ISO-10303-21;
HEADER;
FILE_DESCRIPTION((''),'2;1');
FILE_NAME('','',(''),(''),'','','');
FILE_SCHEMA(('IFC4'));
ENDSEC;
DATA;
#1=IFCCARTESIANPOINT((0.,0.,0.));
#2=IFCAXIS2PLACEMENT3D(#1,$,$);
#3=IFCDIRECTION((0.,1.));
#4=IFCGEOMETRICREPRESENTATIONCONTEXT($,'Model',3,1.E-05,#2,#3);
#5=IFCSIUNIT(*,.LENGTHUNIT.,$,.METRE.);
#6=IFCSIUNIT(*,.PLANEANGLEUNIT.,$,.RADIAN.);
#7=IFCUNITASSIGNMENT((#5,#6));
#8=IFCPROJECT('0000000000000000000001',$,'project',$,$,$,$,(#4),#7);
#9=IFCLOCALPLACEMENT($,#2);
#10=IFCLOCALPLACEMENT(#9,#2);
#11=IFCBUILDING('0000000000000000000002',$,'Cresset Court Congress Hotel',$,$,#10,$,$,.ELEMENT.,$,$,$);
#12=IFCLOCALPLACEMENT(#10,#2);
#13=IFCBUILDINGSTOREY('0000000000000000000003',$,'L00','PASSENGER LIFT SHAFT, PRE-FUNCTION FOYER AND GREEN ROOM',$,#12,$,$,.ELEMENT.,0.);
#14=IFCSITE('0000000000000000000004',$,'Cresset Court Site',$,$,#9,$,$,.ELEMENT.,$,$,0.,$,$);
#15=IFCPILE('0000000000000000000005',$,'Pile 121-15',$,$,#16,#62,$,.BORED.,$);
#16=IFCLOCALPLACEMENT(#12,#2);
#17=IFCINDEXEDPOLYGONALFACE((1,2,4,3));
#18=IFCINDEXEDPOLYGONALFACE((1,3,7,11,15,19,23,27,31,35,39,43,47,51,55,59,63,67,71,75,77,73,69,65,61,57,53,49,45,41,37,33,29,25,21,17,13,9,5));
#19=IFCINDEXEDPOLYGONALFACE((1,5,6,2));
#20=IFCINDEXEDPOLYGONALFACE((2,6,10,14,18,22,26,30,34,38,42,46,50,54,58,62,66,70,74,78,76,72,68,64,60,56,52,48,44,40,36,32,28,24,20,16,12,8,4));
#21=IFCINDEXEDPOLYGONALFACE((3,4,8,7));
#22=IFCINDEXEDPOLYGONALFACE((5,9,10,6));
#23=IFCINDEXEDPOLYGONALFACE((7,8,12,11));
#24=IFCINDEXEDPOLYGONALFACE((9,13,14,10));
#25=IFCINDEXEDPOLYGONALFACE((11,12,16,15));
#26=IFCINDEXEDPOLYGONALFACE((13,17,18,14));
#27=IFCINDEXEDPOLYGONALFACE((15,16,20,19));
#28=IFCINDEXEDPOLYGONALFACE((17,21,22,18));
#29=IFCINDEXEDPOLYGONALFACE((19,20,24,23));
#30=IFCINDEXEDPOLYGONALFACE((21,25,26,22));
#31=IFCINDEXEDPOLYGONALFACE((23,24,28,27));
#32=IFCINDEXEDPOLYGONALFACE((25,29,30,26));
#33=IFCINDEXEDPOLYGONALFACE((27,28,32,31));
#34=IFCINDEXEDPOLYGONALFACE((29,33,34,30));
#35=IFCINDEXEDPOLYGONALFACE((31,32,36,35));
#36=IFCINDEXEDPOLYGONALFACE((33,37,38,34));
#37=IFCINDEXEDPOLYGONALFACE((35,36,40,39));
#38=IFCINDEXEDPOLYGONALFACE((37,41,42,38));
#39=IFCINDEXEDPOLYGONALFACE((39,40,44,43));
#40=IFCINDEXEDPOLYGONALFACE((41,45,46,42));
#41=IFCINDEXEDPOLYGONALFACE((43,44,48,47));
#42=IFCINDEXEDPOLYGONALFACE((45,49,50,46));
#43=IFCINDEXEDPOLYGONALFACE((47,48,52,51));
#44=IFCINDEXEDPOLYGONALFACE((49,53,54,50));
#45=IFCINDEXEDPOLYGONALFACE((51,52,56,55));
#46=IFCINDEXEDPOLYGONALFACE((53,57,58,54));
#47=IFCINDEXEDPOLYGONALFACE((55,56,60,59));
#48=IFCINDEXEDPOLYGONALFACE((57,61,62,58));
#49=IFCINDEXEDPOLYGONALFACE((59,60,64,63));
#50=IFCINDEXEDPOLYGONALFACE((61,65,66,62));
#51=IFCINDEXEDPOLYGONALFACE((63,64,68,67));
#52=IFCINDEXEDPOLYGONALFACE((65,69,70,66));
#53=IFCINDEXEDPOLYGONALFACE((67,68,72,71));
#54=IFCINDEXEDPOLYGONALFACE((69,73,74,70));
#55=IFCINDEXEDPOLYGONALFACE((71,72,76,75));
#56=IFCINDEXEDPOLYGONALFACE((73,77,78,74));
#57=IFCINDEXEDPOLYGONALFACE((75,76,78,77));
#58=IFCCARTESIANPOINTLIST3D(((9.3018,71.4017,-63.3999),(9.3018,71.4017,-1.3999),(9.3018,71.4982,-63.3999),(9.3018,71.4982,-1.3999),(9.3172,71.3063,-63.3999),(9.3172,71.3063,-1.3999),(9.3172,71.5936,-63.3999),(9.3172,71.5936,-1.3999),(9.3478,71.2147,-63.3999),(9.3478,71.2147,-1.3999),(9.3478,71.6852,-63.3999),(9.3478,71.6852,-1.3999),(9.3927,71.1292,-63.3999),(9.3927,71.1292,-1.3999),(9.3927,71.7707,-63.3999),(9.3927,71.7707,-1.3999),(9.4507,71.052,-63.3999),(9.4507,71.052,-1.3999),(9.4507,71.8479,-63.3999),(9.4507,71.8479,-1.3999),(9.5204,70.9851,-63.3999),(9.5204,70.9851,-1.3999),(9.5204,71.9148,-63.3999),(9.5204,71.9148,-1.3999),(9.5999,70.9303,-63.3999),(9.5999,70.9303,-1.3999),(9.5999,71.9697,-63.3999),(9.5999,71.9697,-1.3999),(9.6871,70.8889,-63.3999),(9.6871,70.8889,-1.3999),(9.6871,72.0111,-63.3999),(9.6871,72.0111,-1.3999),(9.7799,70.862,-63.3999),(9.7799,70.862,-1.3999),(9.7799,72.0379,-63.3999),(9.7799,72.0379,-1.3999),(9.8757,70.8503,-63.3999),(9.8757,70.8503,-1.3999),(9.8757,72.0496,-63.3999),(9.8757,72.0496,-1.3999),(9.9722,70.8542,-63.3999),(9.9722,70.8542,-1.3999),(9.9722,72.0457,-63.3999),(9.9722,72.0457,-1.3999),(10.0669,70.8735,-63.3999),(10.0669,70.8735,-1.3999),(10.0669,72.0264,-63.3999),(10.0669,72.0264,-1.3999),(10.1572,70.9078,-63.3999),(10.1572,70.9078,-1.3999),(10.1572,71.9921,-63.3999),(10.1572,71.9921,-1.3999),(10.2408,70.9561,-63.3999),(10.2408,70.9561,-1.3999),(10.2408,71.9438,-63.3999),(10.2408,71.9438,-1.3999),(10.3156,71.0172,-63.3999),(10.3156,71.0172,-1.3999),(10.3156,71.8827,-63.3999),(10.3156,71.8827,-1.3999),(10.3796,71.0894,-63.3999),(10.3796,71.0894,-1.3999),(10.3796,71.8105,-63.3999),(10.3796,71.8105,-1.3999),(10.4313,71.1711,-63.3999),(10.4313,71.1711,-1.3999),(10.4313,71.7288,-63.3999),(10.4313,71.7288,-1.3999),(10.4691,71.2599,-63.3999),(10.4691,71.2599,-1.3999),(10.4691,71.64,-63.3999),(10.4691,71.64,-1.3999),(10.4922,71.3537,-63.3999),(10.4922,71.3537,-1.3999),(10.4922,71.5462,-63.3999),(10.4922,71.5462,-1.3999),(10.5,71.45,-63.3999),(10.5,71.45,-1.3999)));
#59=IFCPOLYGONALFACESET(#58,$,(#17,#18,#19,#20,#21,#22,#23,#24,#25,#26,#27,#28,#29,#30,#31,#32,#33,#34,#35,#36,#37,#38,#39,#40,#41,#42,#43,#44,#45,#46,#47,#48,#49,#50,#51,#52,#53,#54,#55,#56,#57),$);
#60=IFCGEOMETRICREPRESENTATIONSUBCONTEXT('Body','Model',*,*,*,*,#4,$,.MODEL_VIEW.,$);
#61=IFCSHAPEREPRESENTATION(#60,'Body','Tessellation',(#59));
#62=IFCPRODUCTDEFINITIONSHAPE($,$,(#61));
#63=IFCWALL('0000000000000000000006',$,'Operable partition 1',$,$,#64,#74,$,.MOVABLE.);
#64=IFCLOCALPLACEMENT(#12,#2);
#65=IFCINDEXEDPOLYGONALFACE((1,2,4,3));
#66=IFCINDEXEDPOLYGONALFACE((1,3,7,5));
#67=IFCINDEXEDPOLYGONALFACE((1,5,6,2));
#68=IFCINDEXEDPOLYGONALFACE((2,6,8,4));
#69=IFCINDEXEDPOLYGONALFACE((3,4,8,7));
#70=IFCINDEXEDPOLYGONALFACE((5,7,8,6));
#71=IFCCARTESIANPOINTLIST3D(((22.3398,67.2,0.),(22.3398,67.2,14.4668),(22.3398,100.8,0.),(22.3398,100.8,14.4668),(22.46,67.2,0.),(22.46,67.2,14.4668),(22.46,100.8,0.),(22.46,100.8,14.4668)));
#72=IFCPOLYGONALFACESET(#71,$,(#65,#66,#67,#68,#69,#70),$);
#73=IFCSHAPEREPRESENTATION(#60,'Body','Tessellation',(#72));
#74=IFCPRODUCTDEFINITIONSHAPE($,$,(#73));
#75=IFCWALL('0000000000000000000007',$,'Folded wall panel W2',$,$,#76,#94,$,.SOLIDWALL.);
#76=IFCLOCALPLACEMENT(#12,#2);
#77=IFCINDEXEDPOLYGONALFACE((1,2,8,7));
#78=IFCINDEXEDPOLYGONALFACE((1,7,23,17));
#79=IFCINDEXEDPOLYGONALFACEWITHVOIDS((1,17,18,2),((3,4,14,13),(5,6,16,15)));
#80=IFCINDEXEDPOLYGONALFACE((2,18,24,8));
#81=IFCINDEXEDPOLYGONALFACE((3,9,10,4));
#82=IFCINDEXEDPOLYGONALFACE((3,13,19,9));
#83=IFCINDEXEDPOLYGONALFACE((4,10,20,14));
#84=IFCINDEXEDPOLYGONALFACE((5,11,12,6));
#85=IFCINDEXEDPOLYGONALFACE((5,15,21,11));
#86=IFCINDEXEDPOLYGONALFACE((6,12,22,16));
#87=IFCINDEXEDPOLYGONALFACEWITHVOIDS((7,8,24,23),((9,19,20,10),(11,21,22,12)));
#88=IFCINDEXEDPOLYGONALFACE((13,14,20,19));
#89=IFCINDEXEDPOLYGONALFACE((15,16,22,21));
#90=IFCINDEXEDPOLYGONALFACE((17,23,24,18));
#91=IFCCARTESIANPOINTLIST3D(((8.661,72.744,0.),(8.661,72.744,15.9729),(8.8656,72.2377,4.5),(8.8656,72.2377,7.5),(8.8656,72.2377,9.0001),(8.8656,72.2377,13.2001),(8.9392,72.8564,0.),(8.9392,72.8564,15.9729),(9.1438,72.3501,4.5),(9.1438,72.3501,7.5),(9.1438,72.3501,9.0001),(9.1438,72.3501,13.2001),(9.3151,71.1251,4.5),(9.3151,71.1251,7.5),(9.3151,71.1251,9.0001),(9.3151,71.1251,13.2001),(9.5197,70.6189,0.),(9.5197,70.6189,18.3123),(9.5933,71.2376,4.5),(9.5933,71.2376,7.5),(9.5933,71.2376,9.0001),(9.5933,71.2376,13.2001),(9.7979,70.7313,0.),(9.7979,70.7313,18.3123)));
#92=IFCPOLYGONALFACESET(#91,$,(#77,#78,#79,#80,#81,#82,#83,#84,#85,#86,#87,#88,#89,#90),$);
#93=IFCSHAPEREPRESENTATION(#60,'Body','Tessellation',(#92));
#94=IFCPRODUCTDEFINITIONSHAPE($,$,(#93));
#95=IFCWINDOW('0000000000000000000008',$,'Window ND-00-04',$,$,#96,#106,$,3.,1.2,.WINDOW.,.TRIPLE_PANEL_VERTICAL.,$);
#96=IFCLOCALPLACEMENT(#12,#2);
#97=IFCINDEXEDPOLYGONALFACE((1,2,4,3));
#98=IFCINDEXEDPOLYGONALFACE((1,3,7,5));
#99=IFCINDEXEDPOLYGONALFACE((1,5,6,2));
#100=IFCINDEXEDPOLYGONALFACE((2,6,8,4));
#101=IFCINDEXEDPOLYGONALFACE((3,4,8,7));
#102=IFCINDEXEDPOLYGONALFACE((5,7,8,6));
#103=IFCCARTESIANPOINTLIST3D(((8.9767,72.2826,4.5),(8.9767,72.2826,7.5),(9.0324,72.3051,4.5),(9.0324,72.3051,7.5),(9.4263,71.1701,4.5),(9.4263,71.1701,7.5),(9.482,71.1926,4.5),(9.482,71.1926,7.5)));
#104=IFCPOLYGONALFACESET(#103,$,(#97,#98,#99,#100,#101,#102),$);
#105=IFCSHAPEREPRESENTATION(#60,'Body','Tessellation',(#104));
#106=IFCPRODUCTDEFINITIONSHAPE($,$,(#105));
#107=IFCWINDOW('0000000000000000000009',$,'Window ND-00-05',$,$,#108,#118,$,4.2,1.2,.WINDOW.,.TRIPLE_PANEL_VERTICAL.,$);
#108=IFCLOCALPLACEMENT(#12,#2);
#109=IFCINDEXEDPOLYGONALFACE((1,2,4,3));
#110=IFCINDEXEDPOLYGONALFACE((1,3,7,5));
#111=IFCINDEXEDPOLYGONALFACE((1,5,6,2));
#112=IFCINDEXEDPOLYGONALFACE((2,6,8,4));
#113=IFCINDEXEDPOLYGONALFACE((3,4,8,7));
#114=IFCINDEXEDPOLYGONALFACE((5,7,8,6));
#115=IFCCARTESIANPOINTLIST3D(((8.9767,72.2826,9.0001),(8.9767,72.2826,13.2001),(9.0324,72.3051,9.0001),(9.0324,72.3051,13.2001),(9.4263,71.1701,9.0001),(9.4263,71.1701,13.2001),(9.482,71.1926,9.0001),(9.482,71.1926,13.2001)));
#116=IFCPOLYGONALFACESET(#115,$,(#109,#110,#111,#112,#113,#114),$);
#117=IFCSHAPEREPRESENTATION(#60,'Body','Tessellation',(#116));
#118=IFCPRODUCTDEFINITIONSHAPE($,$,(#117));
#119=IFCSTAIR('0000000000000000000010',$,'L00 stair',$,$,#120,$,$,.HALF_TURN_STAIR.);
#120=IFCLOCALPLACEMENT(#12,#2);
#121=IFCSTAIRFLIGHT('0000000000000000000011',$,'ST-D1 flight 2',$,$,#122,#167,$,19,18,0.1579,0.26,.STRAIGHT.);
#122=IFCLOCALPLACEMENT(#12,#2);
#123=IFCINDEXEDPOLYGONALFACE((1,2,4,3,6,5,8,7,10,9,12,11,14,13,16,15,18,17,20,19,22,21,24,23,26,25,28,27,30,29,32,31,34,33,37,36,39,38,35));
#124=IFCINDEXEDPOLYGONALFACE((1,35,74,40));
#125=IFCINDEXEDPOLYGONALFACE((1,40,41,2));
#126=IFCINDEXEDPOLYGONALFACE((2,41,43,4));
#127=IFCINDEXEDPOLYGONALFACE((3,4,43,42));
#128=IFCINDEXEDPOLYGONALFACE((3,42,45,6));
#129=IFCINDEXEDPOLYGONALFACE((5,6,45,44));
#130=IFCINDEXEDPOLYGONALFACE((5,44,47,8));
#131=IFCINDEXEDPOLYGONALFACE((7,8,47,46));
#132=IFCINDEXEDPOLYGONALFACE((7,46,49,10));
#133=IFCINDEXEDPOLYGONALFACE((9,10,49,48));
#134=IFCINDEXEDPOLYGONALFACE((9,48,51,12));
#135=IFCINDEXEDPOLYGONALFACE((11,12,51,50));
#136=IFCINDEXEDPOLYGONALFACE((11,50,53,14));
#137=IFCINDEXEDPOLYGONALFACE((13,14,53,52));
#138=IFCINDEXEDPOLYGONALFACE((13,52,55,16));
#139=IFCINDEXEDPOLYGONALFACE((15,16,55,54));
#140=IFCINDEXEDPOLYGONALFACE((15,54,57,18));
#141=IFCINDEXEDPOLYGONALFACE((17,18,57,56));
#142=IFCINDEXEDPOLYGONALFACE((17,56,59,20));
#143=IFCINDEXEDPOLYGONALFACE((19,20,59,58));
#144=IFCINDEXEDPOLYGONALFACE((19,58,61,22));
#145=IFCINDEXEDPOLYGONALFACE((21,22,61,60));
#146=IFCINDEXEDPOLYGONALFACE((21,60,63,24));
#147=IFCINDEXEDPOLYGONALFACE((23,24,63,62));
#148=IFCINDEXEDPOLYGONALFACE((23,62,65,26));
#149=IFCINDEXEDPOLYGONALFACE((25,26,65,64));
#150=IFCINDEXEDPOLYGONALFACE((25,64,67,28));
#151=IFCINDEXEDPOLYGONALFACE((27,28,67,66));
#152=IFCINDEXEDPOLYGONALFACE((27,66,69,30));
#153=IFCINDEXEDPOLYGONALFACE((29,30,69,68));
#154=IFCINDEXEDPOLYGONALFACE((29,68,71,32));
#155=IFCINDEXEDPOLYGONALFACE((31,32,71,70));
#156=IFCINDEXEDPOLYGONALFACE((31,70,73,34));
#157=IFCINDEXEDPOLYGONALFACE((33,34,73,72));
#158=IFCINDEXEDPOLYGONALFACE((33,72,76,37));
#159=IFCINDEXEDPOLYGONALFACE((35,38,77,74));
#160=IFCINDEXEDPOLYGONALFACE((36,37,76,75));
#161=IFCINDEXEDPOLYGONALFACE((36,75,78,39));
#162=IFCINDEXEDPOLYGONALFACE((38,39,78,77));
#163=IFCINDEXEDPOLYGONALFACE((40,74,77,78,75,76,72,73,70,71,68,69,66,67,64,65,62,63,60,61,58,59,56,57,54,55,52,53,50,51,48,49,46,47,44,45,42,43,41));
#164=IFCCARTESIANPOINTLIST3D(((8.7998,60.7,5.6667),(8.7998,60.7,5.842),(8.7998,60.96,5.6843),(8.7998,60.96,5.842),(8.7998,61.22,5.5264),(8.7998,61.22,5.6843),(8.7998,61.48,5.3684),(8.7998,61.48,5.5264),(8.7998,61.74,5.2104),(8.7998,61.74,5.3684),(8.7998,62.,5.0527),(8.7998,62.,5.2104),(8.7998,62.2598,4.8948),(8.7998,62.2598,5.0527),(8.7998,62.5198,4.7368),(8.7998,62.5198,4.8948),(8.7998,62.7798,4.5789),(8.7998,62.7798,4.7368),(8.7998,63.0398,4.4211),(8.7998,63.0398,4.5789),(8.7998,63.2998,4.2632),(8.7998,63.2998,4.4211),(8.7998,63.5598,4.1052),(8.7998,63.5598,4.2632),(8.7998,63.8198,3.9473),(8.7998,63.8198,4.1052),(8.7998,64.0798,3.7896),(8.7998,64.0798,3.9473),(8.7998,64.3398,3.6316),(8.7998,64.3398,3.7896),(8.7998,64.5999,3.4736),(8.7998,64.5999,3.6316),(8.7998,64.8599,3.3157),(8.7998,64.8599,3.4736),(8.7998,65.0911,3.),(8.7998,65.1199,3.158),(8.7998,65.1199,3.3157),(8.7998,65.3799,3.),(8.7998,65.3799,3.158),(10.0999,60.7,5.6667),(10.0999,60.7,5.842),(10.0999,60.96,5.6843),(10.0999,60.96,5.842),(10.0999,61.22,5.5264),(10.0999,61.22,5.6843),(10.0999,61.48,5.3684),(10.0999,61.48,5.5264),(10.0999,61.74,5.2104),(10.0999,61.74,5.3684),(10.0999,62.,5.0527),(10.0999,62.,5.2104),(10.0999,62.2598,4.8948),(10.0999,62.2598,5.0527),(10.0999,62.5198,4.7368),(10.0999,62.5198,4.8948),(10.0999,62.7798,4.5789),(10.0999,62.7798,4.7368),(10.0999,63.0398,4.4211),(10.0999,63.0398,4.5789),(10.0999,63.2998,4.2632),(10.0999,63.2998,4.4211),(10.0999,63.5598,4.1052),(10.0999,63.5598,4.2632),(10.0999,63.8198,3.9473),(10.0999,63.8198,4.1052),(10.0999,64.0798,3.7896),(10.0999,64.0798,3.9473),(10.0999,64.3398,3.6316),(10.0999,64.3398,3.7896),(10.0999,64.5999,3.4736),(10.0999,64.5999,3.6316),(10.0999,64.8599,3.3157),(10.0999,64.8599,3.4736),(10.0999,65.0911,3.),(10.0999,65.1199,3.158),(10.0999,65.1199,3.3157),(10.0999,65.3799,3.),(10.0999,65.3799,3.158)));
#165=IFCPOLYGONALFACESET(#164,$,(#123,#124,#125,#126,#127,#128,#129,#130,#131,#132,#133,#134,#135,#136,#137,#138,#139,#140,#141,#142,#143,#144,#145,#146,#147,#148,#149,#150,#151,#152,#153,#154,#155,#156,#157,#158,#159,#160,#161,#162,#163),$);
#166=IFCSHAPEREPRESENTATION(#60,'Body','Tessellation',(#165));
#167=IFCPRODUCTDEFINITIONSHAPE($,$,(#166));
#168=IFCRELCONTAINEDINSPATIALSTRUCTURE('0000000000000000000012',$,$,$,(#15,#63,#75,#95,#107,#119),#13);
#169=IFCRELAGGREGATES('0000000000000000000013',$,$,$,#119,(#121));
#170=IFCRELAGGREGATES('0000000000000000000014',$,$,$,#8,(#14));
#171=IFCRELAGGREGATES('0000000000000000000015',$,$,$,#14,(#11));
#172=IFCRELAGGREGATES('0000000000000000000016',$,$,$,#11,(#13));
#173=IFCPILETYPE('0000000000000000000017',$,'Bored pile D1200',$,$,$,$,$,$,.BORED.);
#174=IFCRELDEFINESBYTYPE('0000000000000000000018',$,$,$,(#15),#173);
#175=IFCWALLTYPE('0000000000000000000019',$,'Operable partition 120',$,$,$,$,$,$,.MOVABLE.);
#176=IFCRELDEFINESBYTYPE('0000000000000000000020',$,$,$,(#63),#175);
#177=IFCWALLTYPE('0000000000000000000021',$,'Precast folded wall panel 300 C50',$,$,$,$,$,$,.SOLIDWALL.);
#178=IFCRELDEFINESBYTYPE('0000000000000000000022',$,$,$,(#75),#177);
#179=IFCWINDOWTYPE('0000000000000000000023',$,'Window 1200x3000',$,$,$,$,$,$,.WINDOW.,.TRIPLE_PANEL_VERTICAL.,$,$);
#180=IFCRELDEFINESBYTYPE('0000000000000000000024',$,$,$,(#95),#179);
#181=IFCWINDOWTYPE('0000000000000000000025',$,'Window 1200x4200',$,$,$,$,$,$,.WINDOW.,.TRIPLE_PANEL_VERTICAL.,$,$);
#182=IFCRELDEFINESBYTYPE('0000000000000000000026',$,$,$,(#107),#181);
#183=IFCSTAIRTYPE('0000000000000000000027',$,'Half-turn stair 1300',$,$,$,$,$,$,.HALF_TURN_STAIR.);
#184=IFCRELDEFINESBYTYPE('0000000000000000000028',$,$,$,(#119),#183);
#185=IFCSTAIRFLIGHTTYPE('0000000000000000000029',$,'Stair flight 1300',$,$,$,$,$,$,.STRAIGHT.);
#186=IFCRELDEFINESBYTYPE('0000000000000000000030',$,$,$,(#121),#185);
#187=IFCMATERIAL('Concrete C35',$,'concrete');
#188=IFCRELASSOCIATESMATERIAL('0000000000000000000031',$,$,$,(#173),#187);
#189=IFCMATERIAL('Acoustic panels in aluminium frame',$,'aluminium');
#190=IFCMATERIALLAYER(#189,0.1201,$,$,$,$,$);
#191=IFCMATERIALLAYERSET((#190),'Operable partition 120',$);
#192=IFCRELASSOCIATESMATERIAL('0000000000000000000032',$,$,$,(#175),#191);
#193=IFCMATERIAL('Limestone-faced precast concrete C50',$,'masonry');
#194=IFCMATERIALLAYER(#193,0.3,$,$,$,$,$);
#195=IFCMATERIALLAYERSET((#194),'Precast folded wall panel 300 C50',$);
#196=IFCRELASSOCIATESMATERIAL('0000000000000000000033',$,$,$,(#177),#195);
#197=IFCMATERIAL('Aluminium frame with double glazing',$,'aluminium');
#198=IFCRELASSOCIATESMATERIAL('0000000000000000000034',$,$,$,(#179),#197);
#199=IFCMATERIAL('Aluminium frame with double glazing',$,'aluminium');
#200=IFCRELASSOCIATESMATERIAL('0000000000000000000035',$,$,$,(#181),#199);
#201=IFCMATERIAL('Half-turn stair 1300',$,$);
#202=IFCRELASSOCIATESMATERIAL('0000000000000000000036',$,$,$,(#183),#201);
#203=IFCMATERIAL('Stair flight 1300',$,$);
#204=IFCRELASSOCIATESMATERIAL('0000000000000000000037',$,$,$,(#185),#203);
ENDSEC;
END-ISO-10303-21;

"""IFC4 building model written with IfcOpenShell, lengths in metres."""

from ifc_helpers import new_model, si_unit, direction, frame, frame_2d, origin, origin_2d, place, context, subcontext, project, spatial, polyline, rectangle, circle, outline, extrude, material, layer, layer_set, type_object, element, fill, aggregate, save


model = new_model("IFC4")

# Units and contexts
model_context = context("Model", 3, precision=1e-05, world=origin(), true_north=direction((0.0, 1.0)))
body_context = subcontext(model_context, "Body", "Model", "MODEL_VIEW")
ifc_project = project(units=[si_unit("LENGTHUNIT", "METRE"), si_unit("PLANEANGLEUNIT", "RADIAN")], contexts=[model_context])

# Site, building, storey
site_placement = place(None, origin())
site = spatial("IfcSite", under=ifc_project, at=site_placement, Name="Cresset Court Site", CompositionType="ELEMENT", RefElevation=0.0)
building_placement = place(site_placement, origin())
building = spatial("IfcBuilding", under=site, at=building_placement, Name="Cresset Court Congress Hotel", CompositionType="ELEMENT")
storey_placement = place(building_placement, origin())
storey = spatial("IfcBuildingStorey", under=building, at=storey_placement, Name="L00", Description="PASSENGER LIFT SHAFT, PRE-FUNCTION FOYER AND GREEN ROOM", CompositionType="ELEMENT", Elevation=0.0)

# Pile
ifc_material_1 = material(Name="Concrete C35", Category="concrete")
pile_type = type_object("IfcPileType", Name="Bored pile D1200", PredefinedType="BORED", material=ifc_material_1)
for number, where, z_axis, x_axis, name in (
    (1, (9.8999, 71.45, -1.3999), (0.0, 0.0, -1.0), (1.0, 0.0, 0.0), "Pile 121-15"),
):
    element("IfcPile", number, at=place(storey_placement, frame(where, z_axis=z_axis, x_axis=x_axis)), inside=storey, type_object=pile_type, Name=name, PredefinedType="BORED", context=body_context, shape_type="SweptSolid", body=[
        extrude(circle(Radius=0.6001, at=origin_2d()), origin(), (0.0, 0.0, 1.0), 62.0),
    ])

# Wall
ifc_material_2 = material(Name="Acoustic panels in aluminium frame", Category="aluminium")
ifc_layer_1 = layer(ifc_material_2, 0.1201)
ifc_layer_set_1 = layer_set([ifc_layer_1], Name="Operable partition 120")
wall_type_1 = type_object("IfcWallType", Name="Operable partition 120", PredefinedType="MOVABLE", material=ifc_layer_set_1)
wall_1_placement = place(storey_placement, frame((22.3999, 67.2, 0.0), z_axis=(0.0, 0.0, 1.0), x_axis=(0.0, 1.0, 0.0)))
element("IfcWall", 2, at=wall_1_placement, inside=storey, type_object=wall_type_1, Name="Operable partition 1", PredefinedType="MOVABLE", context=body_context, shape_type="SweptSolid", body=[
    extrude(rectangle(XDim=33.6001, YDim=0.1201, at=frame_2d((16.8, 0.0))), origin(), (0.0, 0.0, 1.0), 14.4668),
])

# Wall, openings, windows
ifc_material_3 = material(Name="Limestone-faced precast concrete C50", Category="masonry")
ifc_layer_2 = layer(ifc_material_3, 0.3)
ifc_layer_set_2 = layer_set([ifc_layer_2], Name="Precast folded wall panel 300 C50")
wall_type_2 = type_object("IfcWallType", Name="Precast folded wall panel 300 C50", PredefinedType="SOLIDWALL", material=ifc_layer_set_2)
wall_2_placement = place(storey_placement, frame((9.6587, 70.675, 0.0), z_axis=(0.0, 0.0, 1.0), x_axis=(-0.374639, 0.927171, 0.0)))
wall_2 = element("IfcWall", 3, at=wall_2_placement, inside=storey, type_object=wall_type_2, Name="Folded wall panel W2", PredefinedType="SOLIDWALL", context=body_context, shape_type="SweptSolid", body=[
    extrude(outline(polyline([(0.0, 0.0), (2.292, 0.0), (2.292, 15.9729), (0.0, 18.3123), (0.0, 0.0)])), frame((0.0, 0.1499, 0.0), z_axis=(0.0, -1.0, 0.0), x_axis=(1.0, 0.0, 0.0)), (0.0, 0.0, 1.0), 0.3),
])
opening_1_placement = place(wall_2_placement, frame((0.5459, 0.0, 4.5)))
opening_1 = element("IfcOpeningElement", 4, at=opening_1_placement, cuts=wall_2, PredefinedType="OPENING", context=body_context, shape_type="SweptSolid", body=[
    extrude(rectangle(XDim=1.2, YDim=3.0, at=frame_2d((0.6001, 1.5))), frame((0.0, 0.1599, 0.0), z_axis=(0.0, -1.0, 0.0), x_axis=(1.0, 0.0, 0.0)), (0.0, 0.0, 1.0), 0.3201),
])
opening_2_placement = place(wall_2_placement, frame((0.5459, 0.0, 9.0)))
opening_2 = element("IfcOpeningElement", 5, at=opening_2_placement, cuts=wall_2, PredefinedType="OPENING", context=body_context, shape_type="SweptSolid", body=[
    extrude(rectangle(XDim=1.2, YDim=4.2, at=frame_2d((0.6001, 2.1001))), frame((0.0, 0.1599, 0.0), z_axis=(0.0, -1.0, 0.0), x_axis=(1.0, 0.0, 0.0)), (0.0, 0.0, 1.0), 0.3201),
])
ifc_material_4 = material(Name="Aluminium frame with double glazing", Category="aluminium")
window_type_1 = type_object("IfcWindowType", Name="Window 1200x3000", PartitioningType="TRIPLE_PANEL_VERTICAL", PredefinedType="WINDOW", material=ifc_material_4)
window_1_placement = place(opening_1_placement, origin())
window_1 = element("IfcWindow", 6, at=window_1_placement, inside=storey, type_object=window_type_1, Name="Window ND-00-04", OverallHeight=3.0, OverallWidth=1.2, PartitioningType="TRIPLE_PANEL_VERTICAL", PredefinedType="WINDOW", context=body_context, shape_type="SweptSolid", body=[
    extrude(rectangle(XDim=1.2, YDim=3.0, at=frame_2d((0.6001, 1.5))), frame((0.0, 0.03, 0.0), z_axis=(0.0, -1.0, 0.0), x_axis=(1.0, 0.0, 0.0)), (0.0, 0.0, 1.0), 0.0601),
])
fill(opening_1, window_1)
ifc_material_5 = material(Name="Aluminium frame with double glazing", Category="aluminium")
window_type_2 = type_object("IfcWindowType", Name="Window 1200x4200", PartitioningType="TRIPLE_PANEL_VERTICAL", PredefinedType="WINDOW", material=ifc_material_5)
window_2_placement = place(opening_2_placement, origin())
window_2 = element("IfcWindow", 7, at=window_2_placement, inside=storey, type_object=window_type_2, Name="Window ND-00-05", OverallHeight=4.2, OverallWidth=1.2, PartitioningType="TRIPLE_PANEL_VERTICAL", PredefinedType="WINDOW", context=body_context, shape_type="SweptSolid", body=[
    extrude(rectangle(XDim=1.2, YDim=4.2, at=frame_2d((0.6001, 2.1001))), frame((0.0, 0.03, 0.0), z_axis=(0.0, -1.0, 0.0), x_axis=(1.0, 0.0, 0.0)), (0.0, 0.0, 1.0), 0.0601),
])
fill(opening_2, window_2)

# Stair, stair flight
ifc_material_6 = material(Name="Half-turn stair 1300")
stair_type = type_object("IfcStairType", Name="Half-turn stair 1300", PredefinedType="HALF_TURN_STAIR", material=ifc_material_6)
stair_placement = place(storey_placement, origin())
stair = element("IfcStair", 8, at=stair_placement, inside=storey, type_object=stair_type, Name="L00 stair", PredefinedType="HALF_TURN_STAIR")
ifc_material_7 = material(Name="Stair flight 1300")
stair_flight_type = type_object("IfcStairFlightType", Name="Stair flight 1300", PredefinedType="STRAIGHT", material=ifc_material_7)
stair_flight_placement = place(storey_placement, frame((9.45, 65.3799, 3.0), z_axis=(0.0, 0.0, 1.0), x_axis=(0.0, -1.0, 0.0)))
stair_flight = element("IfcStairFlight", 9, at=stair_flight_placement, type_object=stair_flight_type, Name="ST-D1 flight 2", NumberOfRisers=19, NumberOfTreads=18, PredefinedType="STRAIGHT", RiserHeight=0.1579, TreadLength=0.26, context=body_context, shape_type="SweptSolid", body=[
    extrude(outline(polyline([(0.0, 0.0), (0.0, 0.158), (0.26, 0.158), (0.26, 0.3157), (0.52, 0.3157), (0.52, 0.4736), (0.78, 0.4736), (0.78, 0.6316), (1.04, 0.6316), (1.04, 0.7896), (1.3, 0.7896), (1.3, 0.9473), (1.5601, 0.9473), (1.5601, 1.1052), (1.8201, 1.1052), (1.8201, 1.2632), (2.0801, 1.2632), (2.0801, 1.4211), (2.3401, 1.4211), (2.3401, 1.5789), (2.6001, 1.5789), (2.6001, 1.7368), (2.8601, 1.7368), (2.8601, 1.8948), (3.1201, 1.8948), (3.1201, 2.0527), (3.3799, 2.0527), (3.3799, 2.2104), (3.6399, 2.2104), (3.6399, 2.3684), (3.8999, 2.3684), (3.8999, 2.5264), (4.1599, 2.5264), (4.1599, 2.6843), (4.4199, 2.6843), (4.4199, 2.842), (4.6799, 2.842), (4.6799, 3.0), (4.6799, 2.6667), (0.2888, 0.0), (0.0, 0.0)])), frame((0.0, 0.6499, 0.0), z_axis=(0.0, -1.0, 0.0), x_axis=(1.0, 0.0, 0.0)), (0.0, 0.0, 1.0), 1.3),
])
aggregate(stair, [stair_flight])

save(model, "model.ifc")
